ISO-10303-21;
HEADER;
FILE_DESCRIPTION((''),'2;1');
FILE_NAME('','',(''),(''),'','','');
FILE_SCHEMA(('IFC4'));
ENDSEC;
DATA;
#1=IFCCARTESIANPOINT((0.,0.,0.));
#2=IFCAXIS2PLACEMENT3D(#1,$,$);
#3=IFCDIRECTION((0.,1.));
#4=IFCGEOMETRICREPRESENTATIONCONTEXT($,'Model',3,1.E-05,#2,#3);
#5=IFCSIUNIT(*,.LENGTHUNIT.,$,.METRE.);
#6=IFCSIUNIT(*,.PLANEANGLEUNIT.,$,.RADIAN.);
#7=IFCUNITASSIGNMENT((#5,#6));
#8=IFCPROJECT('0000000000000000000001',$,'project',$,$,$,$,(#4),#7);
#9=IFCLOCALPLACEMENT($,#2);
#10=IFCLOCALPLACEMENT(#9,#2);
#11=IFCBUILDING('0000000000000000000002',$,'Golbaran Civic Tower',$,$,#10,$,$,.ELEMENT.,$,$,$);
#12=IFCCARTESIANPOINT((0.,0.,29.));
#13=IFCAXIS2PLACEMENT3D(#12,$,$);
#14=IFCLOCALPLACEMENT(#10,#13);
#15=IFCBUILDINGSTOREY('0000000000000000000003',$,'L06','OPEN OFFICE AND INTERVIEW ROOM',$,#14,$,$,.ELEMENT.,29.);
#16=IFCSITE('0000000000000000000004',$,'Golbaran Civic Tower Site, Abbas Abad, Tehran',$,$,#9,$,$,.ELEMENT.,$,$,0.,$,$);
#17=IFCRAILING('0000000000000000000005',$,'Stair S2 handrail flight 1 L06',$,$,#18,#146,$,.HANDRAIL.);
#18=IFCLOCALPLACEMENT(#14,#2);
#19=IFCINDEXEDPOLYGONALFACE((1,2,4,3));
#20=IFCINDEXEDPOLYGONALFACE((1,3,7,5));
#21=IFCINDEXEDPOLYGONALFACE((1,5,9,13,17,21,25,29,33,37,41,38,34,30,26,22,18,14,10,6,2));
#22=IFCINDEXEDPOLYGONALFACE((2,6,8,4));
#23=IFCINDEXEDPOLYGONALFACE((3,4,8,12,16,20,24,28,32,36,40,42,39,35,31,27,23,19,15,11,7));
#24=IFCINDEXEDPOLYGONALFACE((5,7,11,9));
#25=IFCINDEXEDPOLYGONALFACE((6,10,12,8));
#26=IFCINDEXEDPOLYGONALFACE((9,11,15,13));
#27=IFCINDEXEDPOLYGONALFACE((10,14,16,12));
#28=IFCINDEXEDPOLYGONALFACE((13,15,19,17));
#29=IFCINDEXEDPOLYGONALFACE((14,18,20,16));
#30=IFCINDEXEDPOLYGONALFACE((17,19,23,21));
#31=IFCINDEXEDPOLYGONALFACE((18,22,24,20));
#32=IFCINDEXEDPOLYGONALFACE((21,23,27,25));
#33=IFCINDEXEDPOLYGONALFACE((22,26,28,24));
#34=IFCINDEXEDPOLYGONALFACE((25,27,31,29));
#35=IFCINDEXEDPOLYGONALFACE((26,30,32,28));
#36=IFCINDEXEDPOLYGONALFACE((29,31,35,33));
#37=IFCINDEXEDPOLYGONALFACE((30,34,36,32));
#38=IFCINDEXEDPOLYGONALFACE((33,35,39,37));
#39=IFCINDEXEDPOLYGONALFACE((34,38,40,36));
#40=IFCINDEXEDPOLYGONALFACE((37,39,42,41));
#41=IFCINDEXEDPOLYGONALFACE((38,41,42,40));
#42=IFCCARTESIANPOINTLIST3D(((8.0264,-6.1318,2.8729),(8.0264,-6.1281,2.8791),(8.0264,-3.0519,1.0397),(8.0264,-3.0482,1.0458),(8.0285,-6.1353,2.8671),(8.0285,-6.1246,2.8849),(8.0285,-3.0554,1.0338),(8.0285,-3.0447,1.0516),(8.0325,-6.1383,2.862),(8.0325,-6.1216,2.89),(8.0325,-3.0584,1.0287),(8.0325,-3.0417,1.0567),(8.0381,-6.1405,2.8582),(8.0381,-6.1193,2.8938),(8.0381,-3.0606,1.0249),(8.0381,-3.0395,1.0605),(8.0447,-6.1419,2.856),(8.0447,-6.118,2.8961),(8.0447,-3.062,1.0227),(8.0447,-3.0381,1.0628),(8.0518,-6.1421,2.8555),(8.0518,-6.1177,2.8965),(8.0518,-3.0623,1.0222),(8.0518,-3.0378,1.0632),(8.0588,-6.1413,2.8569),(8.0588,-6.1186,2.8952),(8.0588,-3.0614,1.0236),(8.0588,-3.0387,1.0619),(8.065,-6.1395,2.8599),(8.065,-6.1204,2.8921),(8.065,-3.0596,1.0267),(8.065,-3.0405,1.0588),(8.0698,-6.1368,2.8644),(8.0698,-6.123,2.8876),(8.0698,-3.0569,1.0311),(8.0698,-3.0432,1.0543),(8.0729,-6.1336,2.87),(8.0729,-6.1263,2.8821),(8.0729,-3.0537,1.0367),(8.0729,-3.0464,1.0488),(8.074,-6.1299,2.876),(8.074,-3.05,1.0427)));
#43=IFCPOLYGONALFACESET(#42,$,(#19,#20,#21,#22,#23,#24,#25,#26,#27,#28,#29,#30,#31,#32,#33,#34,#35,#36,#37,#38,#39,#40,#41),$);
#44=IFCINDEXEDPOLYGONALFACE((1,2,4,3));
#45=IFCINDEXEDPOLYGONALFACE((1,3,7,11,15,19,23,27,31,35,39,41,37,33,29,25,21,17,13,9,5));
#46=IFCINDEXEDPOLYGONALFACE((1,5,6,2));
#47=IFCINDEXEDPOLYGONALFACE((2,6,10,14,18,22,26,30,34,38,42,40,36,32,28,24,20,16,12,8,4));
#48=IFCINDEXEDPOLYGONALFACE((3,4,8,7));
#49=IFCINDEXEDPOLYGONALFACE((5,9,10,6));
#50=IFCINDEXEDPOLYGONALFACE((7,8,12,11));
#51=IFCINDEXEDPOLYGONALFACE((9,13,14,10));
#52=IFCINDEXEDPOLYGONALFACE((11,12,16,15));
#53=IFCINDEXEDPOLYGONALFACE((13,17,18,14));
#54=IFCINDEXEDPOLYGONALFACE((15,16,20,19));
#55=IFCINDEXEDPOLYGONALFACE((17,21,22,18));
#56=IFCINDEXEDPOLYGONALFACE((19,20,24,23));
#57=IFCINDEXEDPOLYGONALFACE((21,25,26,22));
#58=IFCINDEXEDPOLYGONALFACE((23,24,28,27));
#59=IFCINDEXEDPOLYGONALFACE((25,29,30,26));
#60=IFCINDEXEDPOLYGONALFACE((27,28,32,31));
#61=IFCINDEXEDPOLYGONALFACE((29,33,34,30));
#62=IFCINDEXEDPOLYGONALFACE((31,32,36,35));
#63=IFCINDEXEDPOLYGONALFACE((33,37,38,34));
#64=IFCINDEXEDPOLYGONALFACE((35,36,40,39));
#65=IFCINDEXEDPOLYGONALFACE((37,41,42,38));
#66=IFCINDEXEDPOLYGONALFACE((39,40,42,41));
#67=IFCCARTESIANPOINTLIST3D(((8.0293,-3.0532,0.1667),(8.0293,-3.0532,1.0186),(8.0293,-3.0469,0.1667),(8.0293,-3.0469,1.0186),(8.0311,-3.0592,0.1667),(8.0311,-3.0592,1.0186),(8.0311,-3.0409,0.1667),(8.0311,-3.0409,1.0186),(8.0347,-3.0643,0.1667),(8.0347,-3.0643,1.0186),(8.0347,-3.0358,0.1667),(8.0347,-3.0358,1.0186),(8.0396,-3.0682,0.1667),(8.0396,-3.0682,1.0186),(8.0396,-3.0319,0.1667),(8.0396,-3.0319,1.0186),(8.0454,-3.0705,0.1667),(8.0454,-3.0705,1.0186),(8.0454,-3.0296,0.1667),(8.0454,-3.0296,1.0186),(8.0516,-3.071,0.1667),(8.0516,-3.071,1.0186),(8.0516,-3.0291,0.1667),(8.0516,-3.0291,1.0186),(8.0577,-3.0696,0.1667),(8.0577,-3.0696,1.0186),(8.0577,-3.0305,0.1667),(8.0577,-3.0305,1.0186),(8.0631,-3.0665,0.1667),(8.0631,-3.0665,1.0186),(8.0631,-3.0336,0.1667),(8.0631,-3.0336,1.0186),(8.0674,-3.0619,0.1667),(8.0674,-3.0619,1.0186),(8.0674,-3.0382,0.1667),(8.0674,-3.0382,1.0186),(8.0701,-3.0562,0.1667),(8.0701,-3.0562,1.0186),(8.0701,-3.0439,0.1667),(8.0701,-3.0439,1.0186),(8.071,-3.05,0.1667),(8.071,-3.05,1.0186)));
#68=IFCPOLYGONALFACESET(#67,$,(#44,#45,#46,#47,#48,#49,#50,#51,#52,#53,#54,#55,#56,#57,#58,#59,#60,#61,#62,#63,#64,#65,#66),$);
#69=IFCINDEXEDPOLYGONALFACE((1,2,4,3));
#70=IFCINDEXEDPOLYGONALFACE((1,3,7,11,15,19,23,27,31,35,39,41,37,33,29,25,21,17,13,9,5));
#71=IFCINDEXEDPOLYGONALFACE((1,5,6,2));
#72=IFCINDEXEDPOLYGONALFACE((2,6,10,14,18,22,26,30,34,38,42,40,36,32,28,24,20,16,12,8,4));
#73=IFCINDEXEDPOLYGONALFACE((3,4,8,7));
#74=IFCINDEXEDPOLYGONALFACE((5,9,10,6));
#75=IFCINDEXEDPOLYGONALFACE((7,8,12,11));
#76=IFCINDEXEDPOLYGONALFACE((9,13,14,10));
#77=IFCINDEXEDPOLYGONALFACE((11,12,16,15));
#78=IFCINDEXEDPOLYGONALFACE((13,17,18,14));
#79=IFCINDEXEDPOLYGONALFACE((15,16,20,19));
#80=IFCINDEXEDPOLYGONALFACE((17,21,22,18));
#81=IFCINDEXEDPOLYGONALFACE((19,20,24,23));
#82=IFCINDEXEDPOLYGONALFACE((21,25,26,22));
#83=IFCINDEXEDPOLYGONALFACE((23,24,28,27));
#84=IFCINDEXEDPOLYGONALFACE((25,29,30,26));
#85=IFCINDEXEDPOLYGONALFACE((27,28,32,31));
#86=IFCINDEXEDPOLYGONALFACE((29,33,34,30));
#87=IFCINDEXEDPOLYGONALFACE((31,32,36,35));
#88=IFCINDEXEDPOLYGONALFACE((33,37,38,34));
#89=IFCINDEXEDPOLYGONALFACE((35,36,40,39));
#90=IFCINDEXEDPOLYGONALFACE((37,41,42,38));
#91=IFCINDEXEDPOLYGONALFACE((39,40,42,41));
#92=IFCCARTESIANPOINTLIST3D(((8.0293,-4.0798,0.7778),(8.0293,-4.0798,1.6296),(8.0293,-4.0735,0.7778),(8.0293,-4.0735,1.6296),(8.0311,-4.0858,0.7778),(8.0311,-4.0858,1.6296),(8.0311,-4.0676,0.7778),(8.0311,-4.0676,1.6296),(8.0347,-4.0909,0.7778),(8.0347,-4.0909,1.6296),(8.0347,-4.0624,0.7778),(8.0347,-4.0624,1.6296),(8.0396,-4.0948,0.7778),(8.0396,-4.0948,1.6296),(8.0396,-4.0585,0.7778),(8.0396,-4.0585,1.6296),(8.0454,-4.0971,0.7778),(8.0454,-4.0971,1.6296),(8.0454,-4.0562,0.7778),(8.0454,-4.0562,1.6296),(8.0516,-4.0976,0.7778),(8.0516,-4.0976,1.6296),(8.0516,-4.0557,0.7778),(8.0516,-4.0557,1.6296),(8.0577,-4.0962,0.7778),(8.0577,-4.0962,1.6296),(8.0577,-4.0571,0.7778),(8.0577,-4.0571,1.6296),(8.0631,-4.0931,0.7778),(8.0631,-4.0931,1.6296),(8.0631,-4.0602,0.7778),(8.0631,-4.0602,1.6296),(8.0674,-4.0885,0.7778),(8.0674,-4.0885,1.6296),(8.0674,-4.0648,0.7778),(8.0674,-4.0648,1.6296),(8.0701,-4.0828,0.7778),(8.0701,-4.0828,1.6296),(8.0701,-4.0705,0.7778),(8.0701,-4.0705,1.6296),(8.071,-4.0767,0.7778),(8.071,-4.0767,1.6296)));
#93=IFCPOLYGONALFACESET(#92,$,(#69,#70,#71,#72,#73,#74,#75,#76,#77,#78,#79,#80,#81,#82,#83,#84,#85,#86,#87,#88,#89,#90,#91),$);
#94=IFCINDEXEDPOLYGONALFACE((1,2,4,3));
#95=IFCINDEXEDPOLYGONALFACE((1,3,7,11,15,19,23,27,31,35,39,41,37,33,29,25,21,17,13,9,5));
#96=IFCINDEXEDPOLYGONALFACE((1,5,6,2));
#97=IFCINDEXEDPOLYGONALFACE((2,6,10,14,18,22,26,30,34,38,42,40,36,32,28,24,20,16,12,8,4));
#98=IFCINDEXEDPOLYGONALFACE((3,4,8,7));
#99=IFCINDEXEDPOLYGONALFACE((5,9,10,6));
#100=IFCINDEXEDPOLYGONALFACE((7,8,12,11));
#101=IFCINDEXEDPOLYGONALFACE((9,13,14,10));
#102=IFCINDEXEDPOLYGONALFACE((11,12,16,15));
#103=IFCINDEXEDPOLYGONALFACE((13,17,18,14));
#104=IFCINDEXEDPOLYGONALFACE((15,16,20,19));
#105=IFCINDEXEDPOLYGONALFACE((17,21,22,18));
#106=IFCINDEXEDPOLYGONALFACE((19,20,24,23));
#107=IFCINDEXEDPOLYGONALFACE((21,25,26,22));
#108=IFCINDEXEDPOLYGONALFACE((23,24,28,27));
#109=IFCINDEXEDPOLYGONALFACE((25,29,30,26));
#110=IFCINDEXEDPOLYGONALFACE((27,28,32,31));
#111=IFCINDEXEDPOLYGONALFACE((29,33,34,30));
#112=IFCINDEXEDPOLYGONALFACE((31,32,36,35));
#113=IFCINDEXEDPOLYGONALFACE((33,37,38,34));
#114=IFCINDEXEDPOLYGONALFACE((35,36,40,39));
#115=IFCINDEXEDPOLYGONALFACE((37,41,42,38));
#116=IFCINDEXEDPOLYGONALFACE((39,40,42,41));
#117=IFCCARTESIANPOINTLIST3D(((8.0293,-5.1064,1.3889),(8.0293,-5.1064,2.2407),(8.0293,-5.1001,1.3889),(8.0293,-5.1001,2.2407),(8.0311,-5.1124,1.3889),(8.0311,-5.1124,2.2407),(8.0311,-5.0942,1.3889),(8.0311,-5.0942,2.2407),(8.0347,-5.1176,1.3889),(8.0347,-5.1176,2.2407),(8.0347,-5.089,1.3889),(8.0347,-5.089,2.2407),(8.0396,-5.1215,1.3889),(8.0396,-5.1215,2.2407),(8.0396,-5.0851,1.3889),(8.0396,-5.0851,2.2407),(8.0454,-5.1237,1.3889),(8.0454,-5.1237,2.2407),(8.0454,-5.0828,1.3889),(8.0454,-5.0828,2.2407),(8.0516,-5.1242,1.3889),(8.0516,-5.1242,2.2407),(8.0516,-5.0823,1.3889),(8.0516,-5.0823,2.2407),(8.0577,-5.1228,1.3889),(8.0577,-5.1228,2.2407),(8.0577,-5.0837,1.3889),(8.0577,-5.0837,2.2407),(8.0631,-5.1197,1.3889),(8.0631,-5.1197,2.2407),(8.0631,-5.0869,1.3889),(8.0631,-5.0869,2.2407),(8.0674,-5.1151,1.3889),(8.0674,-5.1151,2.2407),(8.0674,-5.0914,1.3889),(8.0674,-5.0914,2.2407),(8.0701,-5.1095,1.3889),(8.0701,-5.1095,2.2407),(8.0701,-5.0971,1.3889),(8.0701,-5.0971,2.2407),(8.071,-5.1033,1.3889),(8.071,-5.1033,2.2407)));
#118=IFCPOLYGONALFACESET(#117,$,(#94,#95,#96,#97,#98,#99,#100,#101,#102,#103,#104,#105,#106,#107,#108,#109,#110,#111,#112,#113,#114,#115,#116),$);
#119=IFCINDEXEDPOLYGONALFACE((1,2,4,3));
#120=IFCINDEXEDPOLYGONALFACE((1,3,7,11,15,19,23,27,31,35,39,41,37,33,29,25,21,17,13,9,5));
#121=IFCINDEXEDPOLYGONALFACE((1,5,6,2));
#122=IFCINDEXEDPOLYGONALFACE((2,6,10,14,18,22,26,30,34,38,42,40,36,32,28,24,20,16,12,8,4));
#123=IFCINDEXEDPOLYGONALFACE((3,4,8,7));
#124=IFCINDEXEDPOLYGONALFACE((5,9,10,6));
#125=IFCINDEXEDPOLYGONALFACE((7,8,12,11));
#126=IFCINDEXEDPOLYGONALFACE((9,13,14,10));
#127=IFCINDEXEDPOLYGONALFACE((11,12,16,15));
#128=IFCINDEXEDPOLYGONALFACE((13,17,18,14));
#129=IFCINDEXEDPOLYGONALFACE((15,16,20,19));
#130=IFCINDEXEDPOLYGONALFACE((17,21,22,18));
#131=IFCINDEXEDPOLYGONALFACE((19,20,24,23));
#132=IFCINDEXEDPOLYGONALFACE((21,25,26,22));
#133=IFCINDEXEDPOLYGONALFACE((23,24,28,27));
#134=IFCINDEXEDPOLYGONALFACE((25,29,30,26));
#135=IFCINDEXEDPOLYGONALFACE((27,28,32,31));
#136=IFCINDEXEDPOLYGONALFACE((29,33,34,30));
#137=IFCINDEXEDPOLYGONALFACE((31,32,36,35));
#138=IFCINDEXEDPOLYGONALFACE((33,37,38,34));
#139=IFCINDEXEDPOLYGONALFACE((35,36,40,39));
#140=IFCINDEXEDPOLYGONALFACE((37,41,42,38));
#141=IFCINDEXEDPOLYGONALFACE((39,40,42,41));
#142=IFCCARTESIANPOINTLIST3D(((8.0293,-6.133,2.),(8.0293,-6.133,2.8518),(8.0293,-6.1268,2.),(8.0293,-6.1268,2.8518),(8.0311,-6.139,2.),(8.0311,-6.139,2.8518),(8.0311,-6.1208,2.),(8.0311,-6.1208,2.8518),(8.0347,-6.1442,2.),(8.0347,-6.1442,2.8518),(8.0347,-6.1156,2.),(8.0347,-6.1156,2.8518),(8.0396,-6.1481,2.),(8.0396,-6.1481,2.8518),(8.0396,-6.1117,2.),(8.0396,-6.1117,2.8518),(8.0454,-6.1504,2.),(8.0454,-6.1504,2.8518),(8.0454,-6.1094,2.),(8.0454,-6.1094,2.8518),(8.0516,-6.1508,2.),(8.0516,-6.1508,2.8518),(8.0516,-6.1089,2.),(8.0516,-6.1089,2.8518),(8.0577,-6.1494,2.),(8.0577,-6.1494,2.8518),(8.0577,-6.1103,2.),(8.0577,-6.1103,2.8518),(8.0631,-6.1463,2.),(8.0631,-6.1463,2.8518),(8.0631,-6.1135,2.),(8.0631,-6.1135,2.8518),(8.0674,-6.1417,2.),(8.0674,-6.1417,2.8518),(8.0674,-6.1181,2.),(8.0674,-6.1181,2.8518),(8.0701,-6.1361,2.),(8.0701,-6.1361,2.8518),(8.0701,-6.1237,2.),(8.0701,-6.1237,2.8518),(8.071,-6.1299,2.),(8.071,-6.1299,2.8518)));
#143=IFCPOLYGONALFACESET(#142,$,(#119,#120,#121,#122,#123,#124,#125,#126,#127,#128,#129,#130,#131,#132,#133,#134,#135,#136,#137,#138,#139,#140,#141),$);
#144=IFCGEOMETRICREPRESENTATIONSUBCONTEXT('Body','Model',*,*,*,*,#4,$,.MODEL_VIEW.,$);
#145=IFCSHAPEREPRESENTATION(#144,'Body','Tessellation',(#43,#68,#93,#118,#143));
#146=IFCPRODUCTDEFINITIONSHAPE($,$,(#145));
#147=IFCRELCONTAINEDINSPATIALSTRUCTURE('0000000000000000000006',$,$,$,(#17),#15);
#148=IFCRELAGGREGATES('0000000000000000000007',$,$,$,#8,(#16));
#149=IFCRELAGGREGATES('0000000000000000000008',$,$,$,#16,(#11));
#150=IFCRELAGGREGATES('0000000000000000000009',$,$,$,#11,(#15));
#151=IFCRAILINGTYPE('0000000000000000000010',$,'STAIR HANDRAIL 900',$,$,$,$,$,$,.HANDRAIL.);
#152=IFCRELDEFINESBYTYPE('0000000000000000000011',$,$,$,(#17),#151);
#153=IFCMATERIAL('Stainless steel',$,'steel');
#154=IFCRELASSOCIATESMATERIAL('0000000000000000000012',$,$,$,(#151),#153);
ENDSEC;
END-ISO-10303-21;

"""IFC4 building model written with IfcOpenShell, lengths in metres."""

from ifc_helpers import new_model, si_unit, direction, frame, origin, origin_2d, place, context, subcontext, project, spatial, circle, extrude, material, type_object, element, save


model = new_model("IFC4")

# Units and contexts
model_context = context("Model", 3, precision=1e-05, world=origin(), true_north=direction((0.0, 1.0)))
body_context = subcontext(model_context, "Body", "Model", "MODEL_VIEW")
ifc_project = project(units=[si_unit("LENGTHUNIT", "METRE"), si_unit("PLANEANGLEUNIT", "RADIAN")], contexts=[model_context])

# Site, building, storey
site_placement = place(None, origin())
site = spatial("IfcSite", under=ifc_project, at=site_placement, Name="Golbaran Civic Tower Site, Abbas Abad, Tehran", CompositionType="ELEMENT", RefElevation=0.0)
building_placement = place(site_placement, origin())
building = spatial("IfcBuilding", under=site, at=building_placement, Name="Golbaran Civic Tower", CompositionType="ELEMENT")
storey_placement = place(building_placement, frame((0.0, 0.0, 29.0)))
storey = spatial("IfcBuildingStorey", under=building, at=storey_placement, Name="L06", Description="OPEN OFFICE AND INTERVIEW ROOM", CompositionType="ELEMENT", Elevation=29.0)

# Shared definitions
ifc_material_1 = material(Name="Stainless steel", Category="steel")

# Railing
railing_type = type_object("IfcRailingType", Name="STAIR HANDRAIL 900", PredefinedType="HANDRAIL", material=ifc_material_1)
railing_1_placement = place(storey_placement, frame((8.05, -3.05, 0.1667)))
element("IfcRailing", 1, at=railing_1_placement, inside=storey, type_object=railing_type, Name="Stair S2 handrail flight 1 L06", PredefinedType="HANDRAIL", context=body_context, shape_type="SweptSolid", body=[
    extrude(circle(Radius=0.0239, at=origin_2d()), frame((0.0, 0.0, 0.876), z_axis=(0.0, -0.859291, 0.511487), x_axis=(1.0, 0.0, 0.0)), (0.0, 0.0, 1.0), 3.5842),
    extrude(circle(Radius=0.021, at=origin_2d()), origin(), (0.0, 0.0, 1.0), 0.8518),
    extrude(circle(Radius=0.021, at=origin_2d()), frame((0.0, -1.0266, 0.6111)), (0.0, 0.0, 1.0), 0.8518),
    extrude(circle(Radius=0.021, at=origin_2d()), frame((0.0, -2.0532, 1.2222)), (0.0, 0.0, 1.0), 0.8518),
    extrude(circle(Radius=0.021, at=origin_2d()), frame((0.0, -3.0798, 1.8333)), (0.0, 0.0, 1.0), 0.8518),
])

save(model, "model.ifc")
